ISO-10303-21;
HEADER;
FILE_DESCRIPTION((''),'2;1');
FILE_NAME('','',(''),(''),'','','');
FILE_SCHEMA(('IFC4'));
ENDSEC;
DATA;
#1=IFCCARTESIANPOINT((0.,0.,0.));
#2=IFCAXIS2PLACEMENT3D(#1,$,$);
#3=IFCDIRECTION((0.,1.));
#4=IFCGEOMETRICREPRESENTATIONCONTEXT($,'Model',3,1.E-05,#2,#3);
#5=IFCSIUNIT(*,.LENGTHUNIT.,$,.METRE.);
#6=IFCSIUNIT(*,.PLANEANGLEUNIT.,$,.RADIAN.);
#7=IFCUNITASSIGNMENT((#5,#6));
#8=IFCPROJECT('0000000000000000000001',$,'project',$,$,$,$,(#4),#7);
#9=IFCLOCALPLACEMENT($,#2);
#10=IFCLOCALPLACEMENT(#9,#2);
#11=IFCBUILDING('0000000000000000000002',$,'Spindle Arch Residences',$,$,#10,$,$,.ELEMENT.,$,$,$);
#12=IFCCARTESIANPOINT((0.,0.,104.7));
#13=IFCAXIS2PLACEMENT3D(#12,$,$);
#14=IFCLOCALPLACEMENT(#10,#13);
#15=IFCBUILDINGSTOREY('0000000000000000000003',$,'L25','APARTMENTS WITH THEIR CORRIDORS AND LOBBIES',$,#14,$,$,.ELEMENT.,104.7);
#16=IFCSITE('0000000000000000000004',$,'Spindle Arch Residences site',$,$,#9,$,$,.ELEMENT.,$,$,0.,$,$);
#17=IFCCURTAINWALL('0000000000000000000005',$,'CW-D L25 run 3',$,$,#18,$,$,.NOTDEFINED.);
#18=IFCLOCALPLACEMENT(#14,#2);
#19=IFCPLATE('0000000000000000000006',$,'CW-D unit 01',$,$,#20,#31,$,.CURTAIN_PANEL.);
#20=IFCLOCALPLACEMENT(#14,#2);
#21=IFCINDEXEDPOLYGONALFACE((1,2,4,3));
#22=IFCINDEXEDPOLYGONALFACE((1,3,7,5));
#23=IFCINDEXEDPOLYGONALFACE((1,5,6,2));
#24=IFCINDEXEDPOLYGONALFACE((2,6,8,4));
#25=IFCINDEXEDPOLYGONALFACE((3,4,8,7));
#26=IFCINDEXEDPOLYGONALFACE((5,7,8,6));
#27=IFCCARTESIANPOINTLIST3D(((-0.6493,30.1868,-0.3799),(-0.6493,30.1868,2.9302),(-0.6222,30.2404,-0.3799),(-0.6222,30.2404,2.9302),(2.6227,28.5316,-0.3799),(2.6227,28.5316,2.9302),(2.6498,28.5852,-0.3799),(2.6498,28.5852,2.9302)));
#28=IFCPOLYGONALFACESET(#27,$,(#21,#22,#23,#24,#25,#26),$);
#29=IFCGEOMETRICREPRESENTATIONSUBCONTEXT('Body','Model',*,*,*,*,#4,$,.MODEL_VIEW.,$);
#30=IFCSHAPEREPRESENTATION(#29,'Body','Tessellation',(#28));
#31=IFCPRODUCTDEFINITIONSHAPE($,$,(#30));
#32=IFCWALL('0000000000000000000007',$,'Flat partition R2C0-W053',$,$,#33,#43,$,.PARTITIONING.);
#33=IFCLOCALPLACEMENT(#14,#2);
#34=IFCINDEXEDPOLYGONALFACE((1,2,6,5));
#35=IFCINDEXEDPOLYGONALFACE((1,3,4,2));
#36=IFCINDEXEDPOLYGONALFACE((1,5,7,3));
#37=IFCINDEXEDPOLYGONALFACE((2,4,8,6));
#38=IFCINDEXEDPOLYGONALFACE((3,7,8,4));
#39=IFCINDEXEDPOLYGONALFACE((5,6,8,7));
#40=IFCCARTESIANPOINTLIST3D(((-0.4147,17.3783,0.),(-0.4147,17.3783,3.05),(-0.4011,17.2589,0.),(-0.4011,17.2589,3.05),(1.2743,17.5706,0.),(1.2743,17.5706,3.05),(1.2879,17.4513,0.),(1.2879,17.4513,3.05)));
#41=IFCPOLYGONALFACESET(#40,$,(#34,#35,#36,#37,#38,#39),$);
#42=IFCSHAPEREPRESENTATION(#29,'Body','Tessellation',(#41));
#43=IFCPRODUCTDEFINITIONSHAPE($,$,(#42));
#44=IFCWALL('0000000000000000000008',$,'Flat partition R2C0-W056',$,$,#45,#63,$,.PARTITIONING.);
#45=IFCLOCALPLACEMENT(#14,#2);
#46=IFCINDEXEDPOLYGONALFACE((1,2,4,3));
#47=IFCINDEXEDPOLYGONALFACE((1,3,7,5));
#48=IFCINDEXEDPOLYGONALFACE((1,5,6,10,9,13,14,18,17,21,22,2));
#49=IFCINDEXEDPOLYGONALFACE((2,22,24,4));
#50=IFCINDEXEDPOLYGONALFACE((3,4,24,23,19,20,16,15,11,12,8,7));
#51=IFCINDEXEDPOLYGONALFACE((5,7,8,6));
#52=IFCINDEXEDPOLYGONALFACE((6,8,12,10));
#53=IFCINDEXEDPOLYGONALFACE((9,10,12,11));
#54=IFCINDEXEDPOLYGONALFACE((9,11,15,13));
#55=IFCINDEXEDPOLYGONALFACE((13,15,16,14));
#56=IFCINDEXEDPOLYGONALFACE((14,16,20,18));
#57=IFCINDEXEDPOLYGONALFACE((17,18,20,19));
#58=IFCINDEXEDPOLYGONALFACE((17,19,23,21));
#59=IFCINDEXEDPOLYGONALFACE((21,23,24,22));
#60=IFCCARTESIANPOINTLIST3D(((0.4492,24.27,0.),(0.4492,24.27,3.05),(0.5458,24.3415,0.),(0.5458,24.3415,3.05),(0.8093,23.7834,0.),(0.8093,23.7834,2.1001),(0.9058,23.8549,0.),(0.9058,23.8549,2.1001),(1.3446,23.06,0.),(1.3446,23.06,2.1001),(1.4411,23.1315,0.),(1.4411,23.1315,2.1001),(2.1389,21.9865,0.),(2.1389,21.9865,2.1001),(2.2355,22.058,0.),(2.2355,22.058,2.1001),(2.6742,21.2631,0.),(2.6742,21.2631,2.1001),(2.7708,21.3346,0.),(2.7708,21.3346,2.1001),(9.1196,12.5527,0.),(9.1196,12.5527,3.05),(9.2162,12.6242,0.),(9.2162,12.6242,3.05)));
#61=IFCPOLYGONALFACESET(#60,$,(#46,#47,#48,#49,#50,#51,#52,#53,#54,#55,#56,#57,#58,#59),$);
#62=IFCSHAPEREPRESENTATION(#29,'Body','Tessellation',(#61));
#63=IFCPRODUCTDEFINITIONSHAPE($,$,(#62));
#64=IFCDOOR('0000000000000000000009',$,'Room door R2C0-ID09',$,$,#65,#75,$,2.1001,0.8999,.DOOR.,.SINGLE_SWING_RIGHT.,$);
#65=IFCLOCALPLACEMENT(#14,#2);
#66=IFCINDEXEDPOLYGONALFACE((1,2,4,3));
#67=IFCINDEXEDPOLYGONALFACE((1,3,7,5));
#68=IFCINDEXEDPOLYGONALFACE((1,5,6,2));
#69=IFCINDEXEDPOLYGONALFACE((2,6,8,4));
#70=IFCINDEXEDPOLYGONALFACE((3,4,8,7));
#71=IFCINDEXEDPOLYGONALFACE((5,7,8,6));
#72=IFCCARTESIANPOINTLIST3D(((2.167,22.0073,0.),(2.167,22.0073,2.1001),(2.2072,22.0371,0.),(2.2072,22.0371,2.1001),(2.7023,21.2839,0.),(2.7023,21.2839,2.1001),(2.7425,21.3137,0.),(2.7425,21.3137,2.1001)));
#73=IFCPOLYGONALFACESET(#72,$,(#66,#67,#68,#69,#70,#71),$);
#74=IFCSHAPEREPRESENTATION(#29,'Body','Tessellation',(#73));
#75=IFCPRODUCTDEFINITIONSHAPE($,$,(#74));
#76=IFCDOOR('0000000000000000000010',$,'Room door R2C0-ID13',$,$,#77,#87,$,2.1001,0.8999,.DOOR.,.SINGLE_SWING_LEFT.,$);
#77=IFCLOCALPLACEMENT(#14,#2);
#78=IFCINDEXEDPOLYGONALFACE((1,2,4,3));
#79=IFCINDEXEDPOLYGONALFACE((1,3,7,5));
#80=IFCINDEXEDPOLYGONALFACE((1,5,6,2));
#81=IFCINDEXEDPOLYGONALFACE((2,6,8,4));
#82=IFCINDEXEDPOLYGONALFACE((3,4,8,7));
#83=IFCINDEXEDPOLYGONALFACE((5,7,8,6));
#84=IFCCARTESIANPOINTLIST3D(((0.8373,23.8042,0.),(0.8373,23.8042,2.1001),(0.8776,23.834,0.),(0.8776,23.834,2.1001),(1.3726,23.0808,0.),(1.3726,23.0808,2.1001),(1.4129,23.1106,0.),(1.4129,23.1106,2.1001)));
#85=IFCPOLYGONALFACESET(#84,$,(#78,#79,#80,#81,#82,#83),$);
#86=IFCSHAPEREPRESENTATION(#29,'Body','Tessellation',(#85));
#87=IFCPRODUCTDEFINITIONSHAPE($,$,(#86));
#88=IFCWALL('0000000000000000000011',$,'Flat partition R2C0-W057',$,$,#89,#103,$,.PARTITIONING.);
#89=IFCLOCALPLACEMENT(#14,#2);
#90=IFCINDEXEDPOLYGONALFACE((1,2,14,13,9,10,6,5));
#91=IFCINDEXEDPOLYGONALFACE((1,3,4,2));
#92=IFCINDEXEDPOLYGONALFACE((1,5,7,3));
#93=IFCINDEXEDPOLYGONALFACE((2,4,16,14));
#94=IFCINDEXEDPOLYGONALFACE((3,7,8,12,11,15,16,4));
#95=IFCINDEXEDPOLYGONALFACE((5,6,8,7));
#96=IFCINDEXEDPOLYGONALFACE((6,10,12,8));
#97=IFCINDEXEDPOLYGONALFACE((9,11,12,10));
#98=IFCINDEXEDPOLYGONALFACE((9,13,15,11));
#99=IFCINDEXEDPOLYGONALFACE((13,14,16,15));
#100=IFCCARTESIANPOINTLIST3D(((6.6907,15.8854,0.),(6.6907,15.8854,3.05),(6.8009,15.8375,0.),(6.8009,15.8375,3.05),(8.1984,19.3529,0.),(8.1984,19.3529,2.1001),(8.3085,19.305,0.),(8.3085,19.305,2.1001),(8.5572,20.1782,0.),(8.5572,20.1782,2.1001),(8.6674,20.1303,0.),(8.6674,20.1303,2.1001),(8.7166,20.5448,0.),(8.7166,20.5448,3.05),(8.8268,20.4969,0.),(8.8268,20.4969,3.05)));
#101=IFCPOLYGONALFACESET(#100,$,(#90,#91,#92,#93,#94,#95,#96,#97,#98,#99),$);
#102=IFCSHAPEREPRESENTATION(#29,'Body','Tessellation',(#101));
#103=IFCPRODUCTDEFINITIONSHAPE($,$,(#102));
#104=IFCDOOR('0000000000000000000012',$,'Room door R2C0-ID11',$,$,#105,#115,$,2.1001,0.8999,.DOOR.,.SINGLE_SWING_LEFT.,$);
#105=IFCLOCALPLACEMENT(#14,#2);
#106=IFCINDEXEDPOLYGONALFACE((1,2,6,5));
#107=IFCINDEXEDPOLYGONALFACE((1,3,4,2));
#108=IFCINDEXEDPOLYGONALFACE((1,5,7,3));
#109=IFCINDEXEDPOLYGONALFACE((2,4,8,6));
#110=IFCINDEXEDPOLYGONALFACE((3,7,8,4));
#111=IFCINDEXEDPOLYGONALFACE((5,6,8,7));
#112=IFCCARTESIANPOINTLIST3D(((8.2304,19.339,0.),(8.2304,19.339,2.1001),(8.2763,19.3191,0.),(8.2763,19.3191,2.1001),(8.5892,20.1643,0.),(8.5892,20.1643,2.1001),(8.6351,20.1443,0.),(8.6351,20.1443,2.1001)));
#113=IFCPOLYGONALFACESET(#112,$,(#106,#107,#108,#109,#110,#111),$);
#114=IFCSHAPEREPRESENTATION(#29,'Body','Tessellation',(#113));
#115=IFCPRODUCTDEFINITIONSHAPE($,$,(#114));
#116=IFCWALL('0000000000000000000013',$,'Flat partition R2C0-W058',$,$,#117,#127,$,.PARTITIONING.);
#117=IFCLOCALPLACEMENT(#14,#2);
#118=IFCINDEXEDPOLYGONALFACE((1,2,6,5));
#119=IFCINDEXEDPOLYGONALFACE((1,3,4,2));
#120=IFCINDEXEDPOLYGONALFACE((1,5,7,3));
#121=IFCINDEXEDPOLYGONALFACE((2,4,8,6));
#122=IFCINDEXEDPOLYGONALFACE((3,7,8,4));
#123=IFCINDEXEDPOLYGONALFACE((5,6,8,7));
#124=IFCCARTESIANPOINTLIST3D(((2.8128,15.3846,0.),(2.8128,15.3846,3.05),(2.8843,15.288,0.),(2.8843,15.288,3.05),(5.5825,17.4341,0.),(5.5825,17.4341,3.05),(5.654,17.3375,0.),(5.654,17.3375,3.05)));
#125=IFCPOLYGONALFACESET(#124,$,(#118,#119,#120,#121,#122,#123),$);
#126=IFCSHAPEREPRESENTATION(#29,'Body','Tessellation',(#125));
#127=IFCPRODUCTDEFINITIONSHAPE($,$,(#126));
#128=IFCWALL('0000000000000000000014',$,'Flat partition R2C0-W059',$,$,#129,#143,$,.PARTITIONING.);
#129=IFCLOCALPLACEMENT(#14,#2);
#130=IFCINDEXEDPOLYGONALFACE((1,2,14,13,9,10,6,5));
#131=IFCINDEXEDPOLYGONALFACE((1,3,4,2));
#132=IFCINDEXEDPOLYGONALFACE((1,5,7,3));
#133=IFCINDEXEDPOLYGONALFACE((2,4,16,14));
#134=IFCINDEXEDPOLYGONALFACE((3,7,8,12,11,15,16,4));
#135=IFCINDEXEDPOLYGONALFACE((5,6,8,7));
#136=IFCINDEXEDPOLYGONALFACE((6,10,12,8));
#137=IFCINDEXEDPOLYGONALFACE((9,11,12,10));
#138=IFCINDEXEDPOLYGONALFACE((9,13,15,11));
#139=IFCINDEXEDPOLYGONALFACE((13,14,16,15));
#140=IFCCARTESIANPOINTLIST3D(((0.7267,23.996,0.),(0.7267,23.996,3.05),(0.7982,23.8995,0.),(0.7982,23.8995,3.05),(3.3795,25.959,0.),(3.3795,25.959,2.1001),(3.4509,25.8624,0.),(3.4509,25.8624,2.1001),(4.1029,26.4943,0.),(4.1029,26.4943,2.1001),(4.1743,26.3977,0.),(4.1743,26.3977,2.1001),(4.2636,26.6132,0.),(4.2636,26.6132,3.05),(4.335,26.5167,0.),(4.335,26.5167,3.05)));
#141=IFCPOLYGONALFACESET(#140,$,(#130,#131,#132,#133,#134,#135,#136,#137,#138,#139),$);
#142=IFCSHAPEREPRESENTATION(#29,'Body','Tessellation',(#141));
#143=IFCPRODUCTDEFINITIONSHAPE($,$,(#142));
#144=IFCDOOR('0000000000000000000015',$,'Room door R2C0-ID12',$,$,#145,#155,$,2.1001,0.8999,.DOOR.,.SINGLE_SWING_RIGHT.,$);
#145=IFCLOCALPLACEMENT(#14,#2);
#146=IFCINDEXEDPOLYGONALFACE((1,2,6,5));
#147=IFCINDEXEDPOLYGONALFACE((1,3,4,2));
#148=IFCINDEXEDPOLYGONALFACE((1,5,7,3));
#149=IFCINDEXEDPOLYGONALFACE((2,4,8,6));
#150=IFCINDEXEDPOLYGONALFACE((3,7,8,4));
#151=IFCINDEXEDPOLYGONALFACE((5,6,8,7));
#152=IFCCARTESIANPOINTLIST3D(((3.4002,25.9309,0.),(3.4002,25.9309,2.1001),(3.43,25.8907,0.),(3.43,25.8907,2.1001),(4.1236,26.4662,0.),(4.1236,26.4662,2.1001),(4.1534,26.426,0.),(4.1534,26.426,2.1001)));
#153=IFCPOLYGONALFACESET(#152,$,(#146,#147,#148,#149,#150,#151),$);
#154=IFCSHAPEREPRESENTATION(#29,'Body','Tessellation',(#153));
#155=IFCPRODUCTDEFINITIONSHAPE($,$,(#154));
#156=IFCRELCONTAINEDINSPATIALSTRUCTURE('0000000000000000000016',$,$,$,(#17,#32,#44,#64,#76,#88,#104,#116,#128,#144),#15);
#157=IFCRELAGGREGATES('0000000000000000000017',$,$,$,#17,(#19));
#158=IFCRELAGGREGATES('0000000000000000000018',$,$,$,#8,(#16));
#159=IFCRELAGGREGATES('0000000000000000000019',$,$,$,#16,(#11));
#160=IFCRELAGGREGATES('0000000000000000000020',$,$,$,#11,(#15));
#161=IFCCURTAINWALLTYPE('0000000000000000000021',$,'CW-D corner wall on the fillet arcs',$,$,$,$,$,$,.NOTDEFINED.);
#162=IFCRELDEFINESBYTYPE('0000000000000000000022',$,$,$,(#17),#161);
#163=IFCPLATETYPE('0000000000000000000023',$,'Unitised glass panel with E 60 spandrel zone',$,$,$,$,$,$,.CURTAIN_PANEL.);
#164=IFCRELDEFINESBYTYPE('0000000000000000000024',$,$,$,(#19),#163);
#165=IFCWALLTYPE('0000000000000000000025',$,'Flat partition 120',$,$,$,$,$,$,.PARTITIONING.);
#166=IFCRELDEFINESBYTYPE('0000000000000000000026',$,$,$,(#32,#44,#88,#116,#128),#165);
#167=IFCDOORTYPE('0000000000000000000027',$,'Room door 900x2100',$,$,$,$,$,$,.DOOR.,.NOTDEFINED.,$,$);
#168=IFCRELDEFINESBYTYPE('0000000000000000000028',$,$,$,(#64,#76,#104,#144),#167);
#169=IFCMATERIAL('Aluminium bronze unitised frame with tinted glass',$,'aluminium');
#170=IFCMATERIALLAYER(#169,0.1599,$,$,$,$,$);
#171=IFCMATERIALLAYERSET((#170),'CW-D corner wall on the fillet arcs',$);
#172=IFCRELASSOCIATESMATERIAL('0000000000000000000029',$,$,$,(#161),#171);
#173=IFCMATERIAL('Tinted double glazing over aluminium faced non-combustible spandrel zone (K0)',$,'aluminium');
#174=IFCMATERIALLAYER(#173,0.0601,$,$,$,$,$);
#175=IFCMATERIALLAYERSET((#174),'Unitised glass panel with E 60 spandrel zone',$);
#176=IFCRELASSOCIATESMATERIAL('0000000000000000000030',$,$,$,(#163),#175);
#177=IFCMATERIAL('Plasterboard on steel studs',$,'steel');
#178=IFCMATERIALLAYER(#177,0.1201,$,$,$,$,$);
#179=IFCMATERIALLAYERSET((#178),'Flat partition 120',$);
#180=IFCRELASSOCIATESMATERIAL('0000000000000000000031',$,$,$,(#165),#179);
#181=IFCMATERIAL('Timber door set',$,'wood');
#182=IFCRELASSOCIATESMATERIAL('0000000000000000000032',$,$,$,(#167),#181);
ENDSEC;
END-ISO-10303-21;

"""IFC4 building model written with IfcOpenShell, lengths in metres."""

from ifc_helpers import new_model, si_unit, direction, frame, frame_2d, origin, origin_2d, place, context, subcontext, project, spatial, rectangle, extrude, material, layer, layer_set, type_object, element, fill, aggregate, save


model = new_model("IFC4")

# Units and contexts
model_context = context("Model", 3, precision=1e-05, world=origin(), true_north=direction((0.0, 1.0)))
body_context = subcontext(model_context, "Body", "Model", "MODEL_VIEW")
ifc_project = project(units=[si_unit("LENGTHUNIT", "METRE"), si_unit("PLANEANGLEUNIT", "RADIAN")], contexts=[model_context])

# Site, building, storey
site_placement = place(None, origin())
site = spatial("IfcSite", under=ifc_project, at=site_placement, Name="Spindle Arch Residences site", CompositionType="ELEMENT", RefElevation=0.0)
building_placement = place(site_placement, origin())
building = spatial("IfcBuilding", under=site, at=building_placement, Name="Spindle Arch Residences", CompositionType="ELEMENT")
storey_placement = place(building_placement, frame((0.0, 0.0, 104.7)))
storey = spatial("IfcBuildingStorey", under=building, at=storey_placement, Name="L25", Description="APARTMENTS WITH THEIR CORRIDORS AND LOBBIES", CompositionType="ELEMENT", Elevation=104.7)

# Curtain wall
ifc_material_1 = material(Name="Aluminium bronze unitised frame with tinted glass", Category="aluminium")
ifc_layer_1 = layer(ifc_material_1, 0.1599)
ifc_layer_set_1 = layer_set([ifc_layer_1], Name="CW-D corner wall on the fillet arcs")
curtain_wall_type_1 = type_object("IfcCurtainWallType", Name="CW-D corner wall on the fillet arcs", PredefinedType="NOTDEFINED", material=ifc_layer_set_1)
curtain_wall_1_placement = place(storey_placement, origin())
curtain_wall_1 = element("IfcCurtainWall", 1, at=curtain_wall_1_placement, inside=storey, type_object=curtain_wall_type_1, Name="CW-D L25 run 3", PredefinedType="NOTDEFINED")

# Plate
ifc_material_2 = material(Name="Tinted double glazing over aluminium faced non-combustible spandrel zone (K0)", Category="aluminium")
ifc_layer_2 = layer(ifc_material_2, 0.0601)
ifc_layer_set_2 = layer_set([ifc_layer_2], Name="Unitised glass panel with E 60 spandrel zone")
plate_type = type_object("IfcPlateType", Name="Unitised glass panel with E 60 spandrel zone", PredefinedType="CURTAIN_PANEL", material=ifc_layer_set_2)
plate_1_placement = place(storey_placement, frame((1.0002, 29.386, -0.3799), z_axis=(0.0, 0.0, 1.0), x_axis=(-0.892323, 0.451397, 0.0)))
plate_1 = element("IfcPlate", 2, at=plate_1_placement, type_object=plate_type, Name="CW-D unit 01", PredefinedType="CURTAIN_PANEL", context=body_context, shape_type="SweptSolid", body=[
    extrude(rectangle(XDim=3.6667, YDim=0.0601, at=origin_2d()), origin(), (0.0, 0.0, 1.0), 3.3101),
])
aggregate(curtain_wall_1, [plate_1])

# Wall
ifc_material_3 = material(Name="Plasterboard on steel studs", Category="steel")
ifc_layer_3 = layer(ifc_material_3, 0.1201)
ifc_layer_set_3 = layer_set([ifc_layer_3], Name="Flat partition 120")
wall_type = type_object("IfcWallType", Name="Flat partition 120", PredefinedType="PARTITIONING", material=ifc_layer_set_3)
wall_1_placement = place(storey_placement, frame((1.2812, 17.511, 0.0), z_axis=(0.0, 0.0, 1.0), x_axis=(-0.993575, -0.113174, 0.0)))
element("IfcWall", 3, at=wall_1_placement, inside=storey, type_object=wall_type, Name="Flat partition R2C0-W053", PredefinedType="PARTITIONING", context=body_context, shape_type="SweptSolid", body=[
    extrude(rectangle(XDim=1.7, YDim=0.1201, at=frame_2d((0.8501, 0.0))), origin(), (0.0, 0.0, 1.0), 3.05),
])

# Wall, openings, doors
wall_2_placement = place(storey_placement, frame((0.4976, 24.3057, 0.0), z_axis=(0.0, 0.0, 1.0), x_axis=(0.594826, -0.803854, 0.0)))
wall_2 = element("IfcWall", 4, at=wall_2_placement, inside=storey, type_object=wall_type, Name="Flat partition R2C0-W056", PredefinedType="PARTITIONING", context=body_context, shape_type="SweptSolid", body=[
    extrude(rectangle(XDim=14.5764, YDim=0.1201, at=frame_2d((7.2881, 0.0))), origin(), (0.0, 0.0, 1.0), 3.05),
])
opening_1_placement = place(wall_2_placement, frame((2.8406, 0.0, 0.0)))
opening_1 = element("IfcOpeningElement", 5, at=opening_1_placement, cuts=wall_2, PredefinedType="OPENING", context=body_context, shape_type="SweptSolid", body=[
    extrude(rectangle(XDim=0.8999, YDim=2.1001, at=frame_2d((0.45, 1.05))), frame((0.0, 0.0701, 0.0), z_axis=(0.0, -1.0, 0.0), x_axis=(1.0, 0.0, 0.0)), (0.0, 0.0, 1.0), 0.1401),
])
opening_2_placement = place(wall_2_placement, frame((0.6052, 0.0, 0.0)))
opening_2 = element("IfcOpeningElement", 6, at=opening_2_placement, cuts=wall_2, PredefinedType="OPENING", context=body_context, shape_type="SweptSolid", body=[
    extrude(rectangle(XDim=0.8999, YDim=2.1001, at=frame_2d((0.45, 1.05))), frame((0.0, 0.0701, 0.0), z_axis=(0.0, -1.0, 0.0), x_axis=(1.0, 0.0, 0.0)), (0.0, 0.0, 1.0), 0.1401),
])
ifc_material_4 = material(Name="Timber door set", Category="wood")
door_type = type_object("IfcDoorType", Name="Room door 900x2100", OperationType="NOTDEFINED", PredefinedType="DOOR", material=ifc_material_4)
door_1_placement = place(opening_1_placement, origin())
door_1 = element("IfcDoor", 7, at=door_1_placement, inside=storey, type_object=door_type, Name="Room door R2C0-ID09", OperationType="SINGLE_SWING_RIGHT", OverallHeight=2.1001, OverallWidth=0.8999, PredefinedType="DOOR", context=body_context, shape_type="SweptSolid", body=[
    extrude(rectangle(XDim=0.8999, YDim=2.1001, at=frame_2d((0.45, 1.05))), frame((0.0, 0.0249, 0.0), z_axis=(0.0, -1.0, 0.0), x_axis=(1.0, 0.0, 0.0)), (0.0, 0.0, 1.0), 0.05),
])
fill(opening_1, door_1)
door_2_placement = place(opening_2_placement, origin())
door_2 = element("IfcDoor", 8, at=door_2_placement, inside=storey, type_object=door_type, Name="Room door R2C0-ID13", OperationType="SINGLE_SWING_LEFT", OverallHeight=2.1001, OverallWidth=0.8999, PredefinedType="DOOR", context=body_context, shape_type="SweptSolid", body=[
    extrude(rectangle(XDim=0.8999, YDim=2.1001, at=frame_2d((0.45, 1.05))), frame((0.0, 0.0249, 0.0), z_axis=(0.0, -1.0, 0.0), x_axis=(1.0, 0.0, 0.0)), (0.0, 0.0, 1.0), 0.05),
])
fill(opening_2, door_2)

# Wall, opening, door
wall_3_placement = place(storey_placement, frame((8.7717, 20.521, 0.0), z_axis=(0.0, 0.0, 1.0), x_axis=(-0.398733, -0.917067, 0.0)))
wall_3 = element("IfcWall", 9, at=wall_3_placement, inside=storey, type_object=wall_type, Name="Flat partition R2C0-W057", PredefinedType="PARTITIONING", context=body_context, shape_type="SweptSolid", body=[
    extrude(rectangle(XDim=5.0808, YDim=0.1201, at=frame_2d((2.5405, 0.0))), origin(), (0.0, 0.0, 1.0), 3.05),
])
opening_3_placement = place(wall_3_placement, frame((0.3999, 0.0, 0.0)))
opening_3 = element("IfcOpeningElement", 10, at=opening_3_placement, cuts=wall_3, PredefinedType="OPENING", context=body_context, shape_type="SweptSolid", body=[
    extrude(rectangle(XDim=0.8999, YDim=2.1001, at=frame_2d((0.45, 1.05))), frame((0.0, 0.0701, 0.0), z_axis=(0.0, -1.0, 0.0), x_axis=(1.0, 0.0, 0.0)), (0.0, 0.0, 1.0), 0.1401),
])
door_3_placement = place(opening_3_placement, origin())
door_3 = element("IfcDoor", 11, at=door_3_placement, inside=storey, type_object=door_type, Name="Room door R2C0-ID11", OperationType="SINGLE_SWING_LEFT", OverallHeight=2.1001, OverallWidth=0.8999, PredefinedType="DOOR", context=body_context, shape_type="SweptSolid", body=[
    extrude(rectangle(XDim=0.8999, YDim=2.1001, at=frame_2d((0.45, 1.05))), frame((0.0, 0.0249, 0.0), z_axis=(0.0, -1.0, 0.0), x_axis=(1.0, 0.0, 0.0)), (0.0, 0.0, 1.0), 0.05),
])
fill(opening_3, door_3)

# Wall
wall_4_placement = place(storey_placement, frame((5.6182, 17.3857, 0.0), z_axis=(0.0, 0.0, 1.0), x_axis=(-0.803852, -0.594829, 0.0)))
element("IfcWall", 12, at=wall_4_placement, inside=storey, type_object=wall_type, Name="Flat partition R2C0-W058", PredefinedType="PARTITIONING", context=body_context, shape_type="SweptSolid", body=[
    extrude(rectangle(XDim=3.4456, YDim=0.1201, at=frame_2d((1.7227, 0.0))), origin(), (0.0, 0.0, 1.0), 3.05),
])

# Wall, opening, door
wall_5_placement = place(storey_placement, frame((4.2993, 26.5649, 0.0), z_axis=(0.0, 0.0, 1.0), x_axis=(-0.803852, -0.594829, 0.0)))
wall_5 = element("IfcWall", 13, at=wall_5_placement, inside=storey, type_object=wall_type, Name="Flat partition R2C0-W059", PredefinedType="PARTITIONING", context=body_context, shape_type="SweptSolid", body=[
    extrude(rectangle(XDim=4.3999, YDim=0.1201, at=frame_2d((2.2, 0.0))), origin(), (0.0, 0.0, 1.0), 3.05),
])
opening_4_placement = place(wall_5_placement, frame((0.2, 0.0, 0.0)))
opening_4 = element("IfcOpeningElement", 14, at=opening_4_placement, cuts=wall_5, PredefinedType="OPENING", context=body_context, shape_type="SweptSolid", body=[
    extrude(rectangle(XDim=0.8999, YDim=2.1001, at=frame_2d((0.45, 1.05))), frame((0.0, 0.0701, 0.0), z_axis=(0.0, -1.0, 0.0), x_axis=(1.0, 0.0, 0.0)), (0.0, 0.0, 1.0), 0.1401),
])
door_4_placement = place(opening_4_placement, origin())
door_4 = element("IfcDoor", 15, at=door_4_placement, inside=storey, type_object=door_type, Name="Room door R2C0-ID12", OperationType="SINGLE_SWING_RIGHT", OverallHeight=2.1001, OverallWidth=0.8999, PredefinedType="DOOR", context=body_context, shape_type="SweptSolid", body=[
    extrude(rectangle(XDim=0.8999, YDim=2.1001, at=frame_2d((0.45, 1.05))), frame((0.0, 0.0249, 0.0), z_axis=(0.0, -1.0, 0.0), x_axis=(1.0, 0.0, 0.0)), (0.0, 0.0, 1.0), 0.05),
])
fill(opening_4, door_4)

save(model, "model.ifc")
